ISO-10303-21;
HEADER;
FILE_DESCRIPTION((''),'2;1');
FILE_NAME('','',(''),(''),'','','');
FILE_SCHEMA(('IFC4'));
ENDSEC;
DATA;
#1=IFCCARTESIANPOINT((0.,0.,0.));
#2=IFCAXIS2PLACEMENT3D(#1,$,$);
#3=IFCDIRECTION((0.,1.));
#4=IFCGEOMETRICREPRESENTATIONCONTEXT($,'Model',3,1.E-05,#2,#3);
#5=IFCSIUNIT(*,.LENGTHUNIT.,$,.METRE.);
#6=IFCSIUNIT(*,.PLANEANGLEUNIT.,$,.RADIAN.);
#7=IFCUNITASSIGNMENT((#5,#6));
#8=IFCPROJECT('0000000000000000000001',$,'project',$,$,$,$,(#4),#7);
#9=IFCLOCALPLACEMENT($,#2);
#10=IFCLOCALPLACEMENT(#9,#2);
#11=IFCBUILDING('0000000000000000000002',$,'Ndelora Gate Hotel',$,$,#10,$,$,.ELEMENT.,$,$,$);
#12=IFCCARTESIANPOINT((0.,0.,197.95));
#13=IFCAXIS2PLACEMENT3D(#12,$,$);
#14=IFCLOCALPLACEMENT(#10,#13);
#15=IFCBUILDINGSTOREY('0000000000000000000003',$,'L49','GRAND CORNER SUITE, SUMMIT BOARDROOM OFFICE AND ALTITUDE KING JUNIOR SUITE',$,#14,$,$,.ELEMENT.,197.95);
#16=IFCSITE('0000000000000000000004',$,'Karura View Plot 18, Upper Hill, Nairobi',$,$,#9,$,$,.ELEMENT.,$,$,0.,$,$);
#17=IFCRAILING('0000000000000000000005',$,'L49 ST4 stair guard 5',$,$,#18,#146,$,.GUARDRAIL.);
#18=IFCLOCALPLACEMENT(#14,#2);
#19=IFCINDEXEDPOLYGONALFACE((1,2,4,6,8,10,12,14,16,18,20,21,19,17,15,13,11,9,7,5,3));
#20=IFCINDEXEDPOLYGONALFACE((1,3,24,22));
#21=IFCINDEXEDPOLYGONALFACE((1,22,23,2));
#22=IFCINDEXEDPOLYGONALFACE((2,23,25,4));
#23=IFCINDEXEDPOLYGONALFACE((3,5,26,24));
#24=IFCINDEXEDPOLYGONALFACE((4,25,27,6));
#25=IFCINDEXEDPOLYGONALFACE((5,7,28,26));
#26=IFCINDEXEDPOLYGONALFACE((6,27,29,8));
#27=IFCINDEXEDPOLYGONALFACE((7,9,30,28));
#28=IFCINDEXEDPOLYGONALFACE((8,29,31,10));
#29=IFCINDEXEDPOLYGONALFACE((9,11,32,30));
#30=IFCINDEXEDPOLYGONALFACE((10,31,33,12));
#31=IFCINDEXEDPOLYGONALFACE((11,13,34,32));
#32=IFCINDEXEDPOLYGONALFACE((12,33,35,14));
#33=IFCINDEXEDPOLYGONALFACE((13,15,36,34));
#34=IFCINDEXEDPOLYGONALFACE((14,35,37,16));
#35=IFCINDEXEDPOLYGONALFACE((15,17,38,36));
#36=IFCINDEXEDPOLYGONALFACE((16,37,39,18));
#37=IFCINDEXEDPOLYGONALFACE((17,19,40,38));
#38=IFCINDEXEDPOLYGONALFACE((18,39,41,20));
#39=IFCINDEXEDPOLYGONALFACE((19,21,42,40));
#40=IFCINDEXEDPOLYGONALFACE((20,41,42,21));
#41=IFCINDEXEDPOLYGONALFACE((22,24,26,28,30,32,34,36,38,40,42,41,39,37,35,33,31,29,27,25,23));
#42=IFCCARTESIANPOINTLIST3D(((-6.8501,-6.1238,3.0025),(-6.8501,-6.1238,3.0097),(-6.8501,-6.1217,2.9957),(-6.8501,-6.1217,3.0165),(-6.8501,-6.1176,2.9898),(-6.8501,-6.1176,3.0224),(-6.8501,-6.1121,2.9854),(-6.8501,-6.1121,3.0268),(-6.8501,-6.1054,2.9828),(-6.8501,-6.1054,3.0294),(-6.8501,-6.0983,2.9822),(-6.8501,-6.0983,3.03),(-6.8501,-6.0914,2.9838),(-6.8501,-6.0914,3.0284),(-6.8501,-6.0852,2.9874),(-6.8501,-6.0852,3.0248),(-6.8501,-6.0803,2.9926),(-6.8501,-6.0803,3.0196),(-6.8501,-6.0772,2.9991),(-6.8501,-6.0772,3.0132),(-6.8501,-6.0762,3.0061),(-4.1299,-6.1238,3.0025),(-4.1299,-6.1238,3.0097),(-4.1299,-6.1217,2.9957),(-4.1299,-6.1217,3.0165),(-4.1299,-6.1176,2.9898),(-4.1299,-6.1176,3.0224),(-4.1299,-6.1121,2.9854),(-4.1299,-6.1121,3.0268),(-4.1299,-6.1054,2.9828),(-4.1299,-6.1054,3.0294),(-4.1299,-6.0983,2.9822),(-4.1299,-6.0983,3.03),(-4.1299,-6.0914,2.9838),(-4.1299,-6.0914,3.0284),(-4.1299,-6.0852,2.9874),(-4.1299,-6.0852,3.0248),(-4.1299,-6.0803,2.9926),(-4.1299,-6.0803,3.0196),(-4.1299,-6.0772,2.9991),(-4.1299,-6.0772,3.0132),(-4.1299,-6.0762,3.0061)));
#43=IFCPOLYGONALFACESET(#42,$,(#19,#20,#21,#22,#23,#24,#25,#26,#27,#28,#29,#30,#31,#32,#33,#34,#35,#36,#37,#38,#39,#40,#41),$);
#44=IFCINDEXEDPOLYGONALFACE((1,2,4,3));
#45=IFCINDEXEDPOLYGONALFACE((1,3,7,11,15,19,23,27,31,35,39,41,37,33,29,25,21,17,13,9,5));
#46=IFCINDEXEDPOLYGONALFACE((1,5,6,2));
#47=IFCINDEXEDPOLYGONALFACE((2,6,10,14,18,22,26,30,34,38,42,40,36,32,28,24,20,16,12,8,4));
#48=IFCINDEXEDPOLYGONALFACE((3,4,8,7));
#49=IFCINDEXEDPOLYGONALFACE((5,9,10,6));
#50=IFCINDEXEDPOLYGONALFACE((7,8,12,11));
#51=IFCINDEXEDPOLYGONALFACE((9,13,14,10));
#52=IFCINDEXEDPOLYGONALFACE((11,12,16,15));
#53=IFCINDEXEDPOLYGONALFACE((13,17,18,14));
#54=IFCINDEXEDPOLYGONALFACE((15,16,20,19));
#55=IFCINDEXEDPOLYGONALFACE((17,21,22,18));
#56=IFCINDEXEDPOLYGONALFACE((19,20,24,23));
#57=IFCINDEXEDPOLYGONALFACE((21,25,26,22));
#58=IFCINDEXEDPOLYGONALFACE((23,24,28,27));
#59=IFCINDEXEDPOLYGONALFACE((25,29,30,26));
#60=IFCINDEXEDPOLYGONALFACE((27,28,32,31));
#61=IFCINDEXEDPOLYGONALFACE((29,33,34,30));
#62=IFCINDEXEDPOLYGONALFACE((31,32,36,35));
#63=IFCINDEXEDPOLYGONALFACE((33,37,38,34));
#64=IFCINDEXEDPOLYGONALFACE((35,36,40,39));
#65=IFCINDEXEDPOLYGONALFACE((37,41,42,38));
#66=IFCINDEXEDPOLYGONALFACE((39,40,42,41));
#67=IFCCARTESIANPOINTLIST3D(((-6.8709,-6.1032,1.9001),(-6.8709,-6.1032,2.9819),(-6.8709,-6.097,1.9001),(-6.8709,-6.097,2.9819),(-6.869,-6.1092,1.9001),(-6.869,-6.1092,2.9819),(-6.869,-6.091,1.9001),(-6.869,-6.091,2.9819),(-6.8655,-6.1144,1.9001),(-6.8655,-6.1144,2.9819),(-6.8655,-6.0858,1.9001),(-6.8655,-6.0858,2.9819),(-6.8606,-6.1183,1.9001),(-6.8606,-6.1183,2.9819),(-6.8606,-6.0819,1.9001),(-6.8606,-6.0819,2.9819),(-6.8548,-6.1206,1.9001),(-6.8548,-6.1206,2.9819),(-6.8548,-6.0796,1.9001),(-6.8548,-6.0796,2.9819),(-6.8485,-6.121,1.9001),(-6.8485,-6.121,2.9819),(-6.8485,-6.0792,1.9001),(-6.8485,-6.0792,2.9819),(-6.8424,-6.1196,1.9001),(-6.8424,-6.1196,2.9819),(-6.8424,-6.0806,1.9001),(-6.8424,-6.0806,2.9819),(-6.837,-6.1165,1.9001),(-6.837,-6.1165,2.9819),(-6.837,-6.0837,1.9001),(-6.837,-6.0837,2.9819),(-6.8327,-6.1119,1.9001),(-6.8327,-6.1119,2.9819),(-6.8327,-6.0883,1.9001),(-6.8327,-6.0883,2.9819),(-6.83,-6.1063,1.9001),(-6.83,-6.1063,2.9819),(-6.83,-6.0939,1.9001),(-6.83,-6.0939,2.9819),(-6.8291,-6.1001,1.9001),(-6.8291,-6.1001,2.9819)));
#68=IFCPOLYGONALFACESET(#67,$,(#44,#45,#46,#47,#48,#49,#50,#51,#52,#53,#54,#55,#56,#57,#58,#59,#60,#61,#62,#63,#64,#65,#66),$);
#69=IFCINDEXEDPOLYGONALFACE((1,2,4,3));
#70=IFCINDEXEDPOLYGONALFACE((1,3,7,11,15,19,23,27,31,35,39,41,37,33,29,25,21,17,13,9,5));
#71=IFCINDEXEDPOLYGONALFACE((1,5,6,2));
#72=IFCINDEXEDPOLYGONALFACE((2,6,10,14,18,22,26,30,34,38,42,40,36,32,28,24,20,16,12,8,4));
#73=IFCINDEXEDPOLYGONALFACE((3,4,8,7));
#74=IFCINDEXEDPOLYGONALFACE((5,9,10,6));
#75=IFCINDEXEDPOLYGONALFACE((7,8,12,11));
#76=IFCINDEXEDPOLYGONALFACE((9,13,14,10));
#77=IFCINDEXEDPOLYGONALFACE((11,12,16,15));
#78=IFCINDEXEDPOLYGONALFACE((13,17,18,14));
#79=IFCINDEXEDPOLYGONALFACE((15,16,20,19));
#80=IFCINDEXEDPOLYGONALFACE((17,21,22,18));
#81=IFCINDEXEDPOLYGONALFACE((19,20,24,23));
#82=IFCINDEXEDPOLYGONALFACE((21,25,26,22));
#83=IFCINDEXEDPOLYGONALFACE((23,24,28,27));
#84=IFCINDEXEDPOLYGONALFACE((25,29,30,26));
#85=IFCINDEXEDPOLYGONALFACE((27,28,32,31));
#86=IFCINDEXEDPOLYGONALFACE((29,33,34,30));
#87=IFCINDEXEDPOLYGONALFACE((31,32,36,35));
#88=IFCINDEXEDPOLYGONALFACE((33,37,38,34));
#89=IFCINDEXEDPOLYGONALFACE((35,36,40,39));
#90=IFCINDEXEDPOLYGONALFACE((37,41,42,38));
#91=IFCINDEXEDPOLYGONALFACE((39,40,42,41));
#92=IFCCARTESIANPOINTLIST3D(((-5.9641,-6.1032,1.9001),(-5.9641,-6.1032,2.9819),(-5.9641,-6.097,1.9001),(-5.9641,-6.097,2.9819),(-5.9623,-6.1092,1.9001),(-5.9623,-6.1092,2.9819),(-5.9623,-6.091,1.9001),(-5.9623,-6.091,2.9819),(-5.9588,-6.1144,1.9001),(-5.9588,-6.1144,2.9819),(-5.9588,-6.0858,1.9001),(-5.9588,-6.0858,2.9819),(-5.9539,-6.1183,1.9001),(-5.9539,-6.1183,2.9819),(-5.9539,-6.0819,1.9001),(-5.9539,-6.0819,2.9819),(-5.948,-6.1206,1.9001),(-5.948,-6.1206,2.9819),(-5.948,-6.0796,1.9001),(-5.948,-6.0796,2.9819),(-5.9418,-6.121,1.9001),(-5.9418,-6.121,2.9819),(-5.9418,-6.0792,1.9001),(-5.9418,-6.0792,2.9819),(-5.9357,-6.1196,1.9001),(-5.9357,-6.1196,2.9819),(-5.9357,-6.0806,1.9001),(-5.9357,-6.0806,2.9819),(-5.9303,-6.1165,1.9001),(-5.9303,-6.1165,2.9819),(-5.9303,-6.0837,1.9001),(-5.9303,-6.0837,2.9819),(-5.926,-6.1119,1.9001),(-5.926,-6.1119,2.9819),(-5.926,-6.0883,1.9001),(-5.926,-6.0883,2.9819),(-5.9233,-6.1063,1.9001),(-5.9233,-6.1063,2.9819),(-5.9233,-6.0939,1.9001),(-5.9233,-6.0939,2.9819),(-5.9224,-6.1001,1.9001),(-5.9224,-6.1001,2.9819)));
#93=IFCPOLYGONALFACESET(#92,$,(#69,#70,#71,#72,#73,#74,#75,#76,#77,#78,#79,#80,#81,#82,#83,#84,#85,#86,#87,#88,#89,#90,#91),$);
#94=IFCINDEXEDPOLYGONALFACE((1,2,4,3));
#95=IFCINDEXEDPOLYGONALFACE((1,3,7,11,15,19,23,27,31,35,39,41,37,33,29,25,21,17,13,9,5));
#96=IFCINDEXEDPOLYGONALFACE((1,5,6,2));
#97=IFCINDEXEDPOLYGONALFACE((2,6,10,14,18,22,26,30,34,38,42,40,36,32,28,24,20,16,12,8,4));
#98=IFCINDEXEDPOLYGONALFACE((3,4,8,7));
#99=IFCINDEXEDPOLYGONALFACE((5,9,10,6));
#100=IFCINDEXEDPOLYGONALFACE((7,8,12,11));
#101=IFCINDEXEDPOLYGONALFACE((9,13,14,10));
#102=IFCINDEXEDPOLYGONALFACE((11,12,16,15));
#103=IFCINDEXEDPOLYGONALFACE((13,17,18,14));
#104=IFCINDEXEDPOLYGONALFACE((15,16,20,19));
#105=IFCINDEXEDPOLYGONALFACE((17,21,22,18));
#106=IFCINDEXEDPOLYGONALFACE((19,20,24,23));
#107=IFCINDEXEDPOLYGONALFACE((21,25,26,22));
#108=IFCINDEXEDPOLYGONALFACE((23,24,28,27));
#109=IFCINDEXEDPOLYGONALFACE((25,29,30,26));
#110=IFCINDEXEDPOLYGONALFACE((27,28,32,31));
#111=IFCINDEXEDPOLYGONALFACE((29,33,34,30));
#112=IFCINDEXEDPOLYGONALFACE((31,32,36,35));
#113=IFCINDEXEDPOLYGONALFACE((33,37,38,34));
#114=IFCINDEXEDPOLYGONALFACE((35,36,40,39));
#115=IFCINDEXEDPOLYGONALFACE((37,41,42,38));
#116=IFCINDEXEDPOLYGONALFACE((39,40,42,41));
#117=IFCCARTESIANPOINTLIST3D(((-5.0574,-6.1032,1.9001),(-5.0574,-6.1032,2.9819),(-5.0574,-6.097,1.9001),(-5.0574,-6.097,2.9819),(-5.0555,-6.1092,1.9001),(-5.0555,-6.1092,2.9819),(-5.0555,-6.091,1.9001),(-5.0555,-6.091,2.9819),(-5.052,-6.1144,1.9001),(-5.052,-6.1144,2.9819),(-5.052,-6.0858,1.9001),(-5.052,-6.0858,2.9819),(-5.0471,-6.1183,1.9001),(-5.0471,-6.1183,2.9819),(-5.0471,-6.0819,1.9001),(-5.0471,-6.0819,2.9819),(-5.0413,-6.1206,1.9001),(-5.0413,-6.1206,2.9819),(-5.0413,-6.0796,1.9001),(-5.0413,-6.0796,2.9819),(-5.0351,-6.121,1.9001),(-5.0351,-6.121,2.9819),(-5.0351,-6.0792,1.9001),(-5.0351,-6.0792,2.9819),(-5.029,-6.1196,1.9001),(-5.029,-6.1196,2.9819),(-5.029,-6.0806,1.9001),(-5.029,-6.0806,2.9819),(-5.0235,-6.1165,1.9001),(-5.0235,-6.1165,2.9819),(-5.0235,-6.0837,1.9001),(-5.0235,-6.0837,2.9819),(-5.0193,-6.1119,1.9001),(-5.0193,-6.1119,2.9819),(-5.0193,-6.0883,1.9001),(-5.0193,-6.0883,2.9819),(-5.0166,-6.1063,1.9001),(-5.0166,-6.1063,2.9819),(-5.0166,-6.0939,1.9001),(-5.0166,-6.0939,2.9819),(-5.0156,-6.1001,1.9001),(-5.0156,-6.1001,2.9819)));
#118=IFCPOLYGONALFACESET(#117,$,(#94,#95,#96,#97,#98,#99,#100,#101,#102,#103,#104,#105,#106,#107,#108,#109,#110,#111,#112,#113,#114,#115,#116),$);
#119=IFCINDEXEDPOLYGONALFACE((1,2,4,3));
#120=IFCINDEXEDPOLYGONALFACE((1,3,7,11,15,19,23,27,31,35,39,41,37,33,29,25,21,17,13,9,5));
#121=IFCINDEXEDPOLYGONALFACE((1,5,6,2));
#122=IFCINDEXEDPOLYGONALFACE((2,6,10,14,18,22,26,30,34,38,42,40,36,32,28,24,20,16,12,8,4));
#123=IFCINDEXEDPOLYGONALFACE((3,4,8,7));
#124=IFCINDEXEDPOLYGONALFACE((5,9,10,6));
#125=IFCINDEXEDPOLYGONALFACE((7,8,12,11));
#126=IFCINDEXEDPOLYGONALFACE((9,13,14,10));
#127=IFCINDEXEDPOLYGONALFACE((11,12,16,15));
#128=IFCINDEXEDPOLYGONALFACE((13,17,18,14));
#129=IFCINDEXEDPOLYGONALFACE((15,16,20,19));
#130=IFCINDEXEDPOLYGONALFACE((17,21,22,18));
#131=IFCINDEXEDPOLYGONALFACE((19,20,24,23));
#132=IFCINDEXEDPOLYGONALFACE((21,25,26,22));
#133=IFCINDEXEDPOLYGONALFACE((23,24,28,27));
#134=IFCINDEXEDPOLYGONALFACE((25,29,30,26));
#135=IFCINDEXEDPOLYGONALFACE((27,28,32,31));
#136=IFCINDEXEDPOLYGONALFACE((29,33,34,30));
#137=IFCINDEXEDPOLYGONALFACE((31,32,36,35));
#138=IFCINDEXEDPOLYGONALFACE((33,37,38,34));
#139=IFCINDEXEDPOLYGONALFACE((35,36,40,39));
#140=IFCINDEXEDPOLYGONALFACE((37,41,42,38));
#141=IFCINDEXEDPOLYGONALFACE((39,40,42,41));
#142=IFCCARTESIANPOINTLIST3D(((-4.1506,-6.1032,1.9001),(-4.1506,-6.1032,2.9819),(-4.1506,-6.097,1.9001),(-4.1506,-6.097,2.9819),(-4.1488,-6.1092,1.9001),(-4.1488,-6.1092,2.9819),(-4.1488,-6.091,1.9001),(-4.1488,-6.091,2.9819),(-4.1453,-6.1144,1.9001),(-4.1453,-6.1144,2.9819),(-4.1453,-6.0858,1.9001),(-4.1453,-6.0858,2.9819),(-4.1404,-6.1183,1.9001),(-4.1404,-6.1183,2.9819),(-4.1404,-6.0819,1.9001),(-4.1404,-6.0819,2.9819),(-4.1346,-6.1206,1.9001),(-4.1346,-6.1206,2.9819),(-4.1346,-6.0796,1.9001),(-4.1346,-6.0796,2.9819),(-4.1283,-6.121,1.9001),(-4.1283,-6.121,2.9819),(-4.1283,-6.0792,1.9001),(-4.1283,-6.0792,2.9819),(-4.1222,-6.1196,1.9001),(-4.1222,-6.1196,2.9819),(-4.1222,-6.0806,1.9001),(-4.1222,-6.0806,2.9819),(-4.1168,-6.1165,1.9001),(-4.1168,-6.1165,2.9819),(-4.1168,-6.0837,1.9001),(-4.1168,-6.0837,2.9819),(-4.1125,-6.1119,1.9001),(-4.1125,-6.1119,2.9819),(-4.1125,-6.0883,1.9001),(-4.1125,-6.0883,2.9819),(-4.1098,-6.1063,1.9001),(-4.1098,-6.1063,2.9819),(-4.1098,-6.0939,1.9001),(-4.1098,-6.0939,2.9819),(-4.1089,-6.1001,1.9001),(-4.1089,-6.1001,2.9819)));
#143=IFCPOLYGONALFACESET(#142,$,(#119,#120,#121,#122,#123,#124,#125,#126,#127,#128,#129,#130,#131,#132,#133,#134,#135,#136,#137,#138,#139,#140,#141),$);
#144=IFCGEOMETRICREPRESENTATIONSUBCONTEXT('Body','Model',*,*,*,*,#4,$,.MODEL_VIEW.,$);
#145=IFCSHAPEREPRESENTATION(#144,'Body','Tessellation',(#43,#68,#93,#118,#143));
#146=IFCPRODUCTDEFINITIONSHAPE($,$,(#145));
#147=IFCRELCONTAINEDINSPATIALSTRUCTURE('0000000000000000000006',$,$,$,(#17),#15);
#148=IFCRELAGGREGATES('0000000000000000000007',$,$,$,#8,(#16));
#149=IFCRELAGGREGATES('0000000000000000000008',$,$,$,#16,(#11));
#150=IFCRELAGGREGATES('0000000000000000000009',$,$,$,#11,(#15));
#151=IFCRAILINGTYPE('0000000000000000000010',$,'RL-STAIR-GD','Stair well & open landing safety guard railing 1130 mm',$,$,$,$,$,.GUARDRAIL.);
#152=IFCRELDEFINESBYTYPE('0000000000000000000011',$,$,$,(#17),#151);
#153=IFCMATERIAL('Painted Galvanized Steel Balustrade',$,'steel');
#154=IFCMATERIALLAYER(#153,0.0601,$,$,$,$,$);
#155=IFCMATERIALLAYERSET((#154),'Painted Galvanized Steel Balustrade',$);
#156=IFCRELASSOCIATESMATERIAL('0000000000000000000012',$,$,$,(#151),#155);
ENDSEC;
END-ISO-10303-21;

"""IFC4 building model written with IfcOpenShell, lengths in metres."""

from ifc_helpers import new_model, si_unit, direction, frame, origin, origin_2d, place, context, subcontext, project, spatial, circle, extrude, material, layer, layer_set, type_object, element, save


model = new_model("IFC4")

# Units and contexts
model_context = context("Model", 3, precision=1e-05, world=origin(), true_north=direction((0.0, 1.0)))
body_context = subcontext(model_context, "Body", "Model", "MODEL_VIEW")
ifc_project = project(units=[si_unit("LENGTHUNIT", "METRE"), si_unit("PLANEANGLEUNIT", "RADIAN")], contexts=[model_context])

# Site, building, storey
site_placement = place(None, origin())
site = spatial("IfcSite", under=ifc_project, at=site_placement, Name="Karura View Plot 18, Upper Hill, Nairobi", CompositionType="ELEMENT", RefElevation=0.0)
building_placement = place(site_placement, origin())
building = spatial("IfcBuilding", under=site, at=building_placement, Name="Ndelora Gate Hotel", CompositionType="ELEMENT")
storey_placement = place(building_placement, frame((0.0, 0.0, 197.95)))
storey = spatial("IfcBuildingStorey", under=building, at=storey_placement, Name="L49", Description="GRAND CORNER SUITE, SUMMIT BOARDROOM OFFICE AND ALTITUDE KING JUNIOR SUITE", CompositionType="ELEMENT", Elevation=197.95)

# Railing
ifc_material_1 = material(Name="Painted Galvanized Steel Balustrade", Category="steel")
ifc_layer_1 = layer(ifc_material_1, 0.0601)
ifc_layer_set_1 = layer_set([ifc_layer_1], Name="Painted Galvanized Steel Balustrade")
railing_type_1 = type_object("IfcRailingType", Name="RL-STAIR-GD", Description="Stair well & open landing safety guard railing 1130 mm", PredefinedType="GUARDRAIL", material=ifc_layer_set_1)
railing_1_placement = place(storey_placement, frame((-6.8501, -6.1001, 1.9001)))
element("IfcRailing", 1, at=railing_1_placement, inside=storey, type_object=railing_type_1, Name="L49 ST4 stair guard 5", PredefinedType="GUARDRAIL", context=body_context, shape_type="SweptSolid", body=[
    extrude(circle(Radius=0.0239, at=origin_2d()), frame((0.0, 0.0, 1.106), z_axis=(1.0, 0.0, 0.0), x_axis=(0.0, 1.0, 0.0)), (0.0, 0.0, 1.0), 2.7202),
    extrude(circle(Radius=0.021, at=origin_2d()), origin(), (0.0, 0.0, 1.0), 1.0818),
    extrude(circle(Radius=0.021, at=origin_2d()), frame((0.9067, 0.0, 0.0)), (0.0, 0.0, 1.0), 1.0818),
    extrude(circle(Radius=0.021, at=origin_2d()), frame((1.8135, 0.0, 0.0)), (0.0, 0.0, 1.0), 1.0818),
    extrude(circle(Radius=0.021, at=origin_2d()), frame((2.7202, 0.0, 0.0)), (0.0, 0.0, 1.0), 1.0818),
])

save(model, "model.ifc")
